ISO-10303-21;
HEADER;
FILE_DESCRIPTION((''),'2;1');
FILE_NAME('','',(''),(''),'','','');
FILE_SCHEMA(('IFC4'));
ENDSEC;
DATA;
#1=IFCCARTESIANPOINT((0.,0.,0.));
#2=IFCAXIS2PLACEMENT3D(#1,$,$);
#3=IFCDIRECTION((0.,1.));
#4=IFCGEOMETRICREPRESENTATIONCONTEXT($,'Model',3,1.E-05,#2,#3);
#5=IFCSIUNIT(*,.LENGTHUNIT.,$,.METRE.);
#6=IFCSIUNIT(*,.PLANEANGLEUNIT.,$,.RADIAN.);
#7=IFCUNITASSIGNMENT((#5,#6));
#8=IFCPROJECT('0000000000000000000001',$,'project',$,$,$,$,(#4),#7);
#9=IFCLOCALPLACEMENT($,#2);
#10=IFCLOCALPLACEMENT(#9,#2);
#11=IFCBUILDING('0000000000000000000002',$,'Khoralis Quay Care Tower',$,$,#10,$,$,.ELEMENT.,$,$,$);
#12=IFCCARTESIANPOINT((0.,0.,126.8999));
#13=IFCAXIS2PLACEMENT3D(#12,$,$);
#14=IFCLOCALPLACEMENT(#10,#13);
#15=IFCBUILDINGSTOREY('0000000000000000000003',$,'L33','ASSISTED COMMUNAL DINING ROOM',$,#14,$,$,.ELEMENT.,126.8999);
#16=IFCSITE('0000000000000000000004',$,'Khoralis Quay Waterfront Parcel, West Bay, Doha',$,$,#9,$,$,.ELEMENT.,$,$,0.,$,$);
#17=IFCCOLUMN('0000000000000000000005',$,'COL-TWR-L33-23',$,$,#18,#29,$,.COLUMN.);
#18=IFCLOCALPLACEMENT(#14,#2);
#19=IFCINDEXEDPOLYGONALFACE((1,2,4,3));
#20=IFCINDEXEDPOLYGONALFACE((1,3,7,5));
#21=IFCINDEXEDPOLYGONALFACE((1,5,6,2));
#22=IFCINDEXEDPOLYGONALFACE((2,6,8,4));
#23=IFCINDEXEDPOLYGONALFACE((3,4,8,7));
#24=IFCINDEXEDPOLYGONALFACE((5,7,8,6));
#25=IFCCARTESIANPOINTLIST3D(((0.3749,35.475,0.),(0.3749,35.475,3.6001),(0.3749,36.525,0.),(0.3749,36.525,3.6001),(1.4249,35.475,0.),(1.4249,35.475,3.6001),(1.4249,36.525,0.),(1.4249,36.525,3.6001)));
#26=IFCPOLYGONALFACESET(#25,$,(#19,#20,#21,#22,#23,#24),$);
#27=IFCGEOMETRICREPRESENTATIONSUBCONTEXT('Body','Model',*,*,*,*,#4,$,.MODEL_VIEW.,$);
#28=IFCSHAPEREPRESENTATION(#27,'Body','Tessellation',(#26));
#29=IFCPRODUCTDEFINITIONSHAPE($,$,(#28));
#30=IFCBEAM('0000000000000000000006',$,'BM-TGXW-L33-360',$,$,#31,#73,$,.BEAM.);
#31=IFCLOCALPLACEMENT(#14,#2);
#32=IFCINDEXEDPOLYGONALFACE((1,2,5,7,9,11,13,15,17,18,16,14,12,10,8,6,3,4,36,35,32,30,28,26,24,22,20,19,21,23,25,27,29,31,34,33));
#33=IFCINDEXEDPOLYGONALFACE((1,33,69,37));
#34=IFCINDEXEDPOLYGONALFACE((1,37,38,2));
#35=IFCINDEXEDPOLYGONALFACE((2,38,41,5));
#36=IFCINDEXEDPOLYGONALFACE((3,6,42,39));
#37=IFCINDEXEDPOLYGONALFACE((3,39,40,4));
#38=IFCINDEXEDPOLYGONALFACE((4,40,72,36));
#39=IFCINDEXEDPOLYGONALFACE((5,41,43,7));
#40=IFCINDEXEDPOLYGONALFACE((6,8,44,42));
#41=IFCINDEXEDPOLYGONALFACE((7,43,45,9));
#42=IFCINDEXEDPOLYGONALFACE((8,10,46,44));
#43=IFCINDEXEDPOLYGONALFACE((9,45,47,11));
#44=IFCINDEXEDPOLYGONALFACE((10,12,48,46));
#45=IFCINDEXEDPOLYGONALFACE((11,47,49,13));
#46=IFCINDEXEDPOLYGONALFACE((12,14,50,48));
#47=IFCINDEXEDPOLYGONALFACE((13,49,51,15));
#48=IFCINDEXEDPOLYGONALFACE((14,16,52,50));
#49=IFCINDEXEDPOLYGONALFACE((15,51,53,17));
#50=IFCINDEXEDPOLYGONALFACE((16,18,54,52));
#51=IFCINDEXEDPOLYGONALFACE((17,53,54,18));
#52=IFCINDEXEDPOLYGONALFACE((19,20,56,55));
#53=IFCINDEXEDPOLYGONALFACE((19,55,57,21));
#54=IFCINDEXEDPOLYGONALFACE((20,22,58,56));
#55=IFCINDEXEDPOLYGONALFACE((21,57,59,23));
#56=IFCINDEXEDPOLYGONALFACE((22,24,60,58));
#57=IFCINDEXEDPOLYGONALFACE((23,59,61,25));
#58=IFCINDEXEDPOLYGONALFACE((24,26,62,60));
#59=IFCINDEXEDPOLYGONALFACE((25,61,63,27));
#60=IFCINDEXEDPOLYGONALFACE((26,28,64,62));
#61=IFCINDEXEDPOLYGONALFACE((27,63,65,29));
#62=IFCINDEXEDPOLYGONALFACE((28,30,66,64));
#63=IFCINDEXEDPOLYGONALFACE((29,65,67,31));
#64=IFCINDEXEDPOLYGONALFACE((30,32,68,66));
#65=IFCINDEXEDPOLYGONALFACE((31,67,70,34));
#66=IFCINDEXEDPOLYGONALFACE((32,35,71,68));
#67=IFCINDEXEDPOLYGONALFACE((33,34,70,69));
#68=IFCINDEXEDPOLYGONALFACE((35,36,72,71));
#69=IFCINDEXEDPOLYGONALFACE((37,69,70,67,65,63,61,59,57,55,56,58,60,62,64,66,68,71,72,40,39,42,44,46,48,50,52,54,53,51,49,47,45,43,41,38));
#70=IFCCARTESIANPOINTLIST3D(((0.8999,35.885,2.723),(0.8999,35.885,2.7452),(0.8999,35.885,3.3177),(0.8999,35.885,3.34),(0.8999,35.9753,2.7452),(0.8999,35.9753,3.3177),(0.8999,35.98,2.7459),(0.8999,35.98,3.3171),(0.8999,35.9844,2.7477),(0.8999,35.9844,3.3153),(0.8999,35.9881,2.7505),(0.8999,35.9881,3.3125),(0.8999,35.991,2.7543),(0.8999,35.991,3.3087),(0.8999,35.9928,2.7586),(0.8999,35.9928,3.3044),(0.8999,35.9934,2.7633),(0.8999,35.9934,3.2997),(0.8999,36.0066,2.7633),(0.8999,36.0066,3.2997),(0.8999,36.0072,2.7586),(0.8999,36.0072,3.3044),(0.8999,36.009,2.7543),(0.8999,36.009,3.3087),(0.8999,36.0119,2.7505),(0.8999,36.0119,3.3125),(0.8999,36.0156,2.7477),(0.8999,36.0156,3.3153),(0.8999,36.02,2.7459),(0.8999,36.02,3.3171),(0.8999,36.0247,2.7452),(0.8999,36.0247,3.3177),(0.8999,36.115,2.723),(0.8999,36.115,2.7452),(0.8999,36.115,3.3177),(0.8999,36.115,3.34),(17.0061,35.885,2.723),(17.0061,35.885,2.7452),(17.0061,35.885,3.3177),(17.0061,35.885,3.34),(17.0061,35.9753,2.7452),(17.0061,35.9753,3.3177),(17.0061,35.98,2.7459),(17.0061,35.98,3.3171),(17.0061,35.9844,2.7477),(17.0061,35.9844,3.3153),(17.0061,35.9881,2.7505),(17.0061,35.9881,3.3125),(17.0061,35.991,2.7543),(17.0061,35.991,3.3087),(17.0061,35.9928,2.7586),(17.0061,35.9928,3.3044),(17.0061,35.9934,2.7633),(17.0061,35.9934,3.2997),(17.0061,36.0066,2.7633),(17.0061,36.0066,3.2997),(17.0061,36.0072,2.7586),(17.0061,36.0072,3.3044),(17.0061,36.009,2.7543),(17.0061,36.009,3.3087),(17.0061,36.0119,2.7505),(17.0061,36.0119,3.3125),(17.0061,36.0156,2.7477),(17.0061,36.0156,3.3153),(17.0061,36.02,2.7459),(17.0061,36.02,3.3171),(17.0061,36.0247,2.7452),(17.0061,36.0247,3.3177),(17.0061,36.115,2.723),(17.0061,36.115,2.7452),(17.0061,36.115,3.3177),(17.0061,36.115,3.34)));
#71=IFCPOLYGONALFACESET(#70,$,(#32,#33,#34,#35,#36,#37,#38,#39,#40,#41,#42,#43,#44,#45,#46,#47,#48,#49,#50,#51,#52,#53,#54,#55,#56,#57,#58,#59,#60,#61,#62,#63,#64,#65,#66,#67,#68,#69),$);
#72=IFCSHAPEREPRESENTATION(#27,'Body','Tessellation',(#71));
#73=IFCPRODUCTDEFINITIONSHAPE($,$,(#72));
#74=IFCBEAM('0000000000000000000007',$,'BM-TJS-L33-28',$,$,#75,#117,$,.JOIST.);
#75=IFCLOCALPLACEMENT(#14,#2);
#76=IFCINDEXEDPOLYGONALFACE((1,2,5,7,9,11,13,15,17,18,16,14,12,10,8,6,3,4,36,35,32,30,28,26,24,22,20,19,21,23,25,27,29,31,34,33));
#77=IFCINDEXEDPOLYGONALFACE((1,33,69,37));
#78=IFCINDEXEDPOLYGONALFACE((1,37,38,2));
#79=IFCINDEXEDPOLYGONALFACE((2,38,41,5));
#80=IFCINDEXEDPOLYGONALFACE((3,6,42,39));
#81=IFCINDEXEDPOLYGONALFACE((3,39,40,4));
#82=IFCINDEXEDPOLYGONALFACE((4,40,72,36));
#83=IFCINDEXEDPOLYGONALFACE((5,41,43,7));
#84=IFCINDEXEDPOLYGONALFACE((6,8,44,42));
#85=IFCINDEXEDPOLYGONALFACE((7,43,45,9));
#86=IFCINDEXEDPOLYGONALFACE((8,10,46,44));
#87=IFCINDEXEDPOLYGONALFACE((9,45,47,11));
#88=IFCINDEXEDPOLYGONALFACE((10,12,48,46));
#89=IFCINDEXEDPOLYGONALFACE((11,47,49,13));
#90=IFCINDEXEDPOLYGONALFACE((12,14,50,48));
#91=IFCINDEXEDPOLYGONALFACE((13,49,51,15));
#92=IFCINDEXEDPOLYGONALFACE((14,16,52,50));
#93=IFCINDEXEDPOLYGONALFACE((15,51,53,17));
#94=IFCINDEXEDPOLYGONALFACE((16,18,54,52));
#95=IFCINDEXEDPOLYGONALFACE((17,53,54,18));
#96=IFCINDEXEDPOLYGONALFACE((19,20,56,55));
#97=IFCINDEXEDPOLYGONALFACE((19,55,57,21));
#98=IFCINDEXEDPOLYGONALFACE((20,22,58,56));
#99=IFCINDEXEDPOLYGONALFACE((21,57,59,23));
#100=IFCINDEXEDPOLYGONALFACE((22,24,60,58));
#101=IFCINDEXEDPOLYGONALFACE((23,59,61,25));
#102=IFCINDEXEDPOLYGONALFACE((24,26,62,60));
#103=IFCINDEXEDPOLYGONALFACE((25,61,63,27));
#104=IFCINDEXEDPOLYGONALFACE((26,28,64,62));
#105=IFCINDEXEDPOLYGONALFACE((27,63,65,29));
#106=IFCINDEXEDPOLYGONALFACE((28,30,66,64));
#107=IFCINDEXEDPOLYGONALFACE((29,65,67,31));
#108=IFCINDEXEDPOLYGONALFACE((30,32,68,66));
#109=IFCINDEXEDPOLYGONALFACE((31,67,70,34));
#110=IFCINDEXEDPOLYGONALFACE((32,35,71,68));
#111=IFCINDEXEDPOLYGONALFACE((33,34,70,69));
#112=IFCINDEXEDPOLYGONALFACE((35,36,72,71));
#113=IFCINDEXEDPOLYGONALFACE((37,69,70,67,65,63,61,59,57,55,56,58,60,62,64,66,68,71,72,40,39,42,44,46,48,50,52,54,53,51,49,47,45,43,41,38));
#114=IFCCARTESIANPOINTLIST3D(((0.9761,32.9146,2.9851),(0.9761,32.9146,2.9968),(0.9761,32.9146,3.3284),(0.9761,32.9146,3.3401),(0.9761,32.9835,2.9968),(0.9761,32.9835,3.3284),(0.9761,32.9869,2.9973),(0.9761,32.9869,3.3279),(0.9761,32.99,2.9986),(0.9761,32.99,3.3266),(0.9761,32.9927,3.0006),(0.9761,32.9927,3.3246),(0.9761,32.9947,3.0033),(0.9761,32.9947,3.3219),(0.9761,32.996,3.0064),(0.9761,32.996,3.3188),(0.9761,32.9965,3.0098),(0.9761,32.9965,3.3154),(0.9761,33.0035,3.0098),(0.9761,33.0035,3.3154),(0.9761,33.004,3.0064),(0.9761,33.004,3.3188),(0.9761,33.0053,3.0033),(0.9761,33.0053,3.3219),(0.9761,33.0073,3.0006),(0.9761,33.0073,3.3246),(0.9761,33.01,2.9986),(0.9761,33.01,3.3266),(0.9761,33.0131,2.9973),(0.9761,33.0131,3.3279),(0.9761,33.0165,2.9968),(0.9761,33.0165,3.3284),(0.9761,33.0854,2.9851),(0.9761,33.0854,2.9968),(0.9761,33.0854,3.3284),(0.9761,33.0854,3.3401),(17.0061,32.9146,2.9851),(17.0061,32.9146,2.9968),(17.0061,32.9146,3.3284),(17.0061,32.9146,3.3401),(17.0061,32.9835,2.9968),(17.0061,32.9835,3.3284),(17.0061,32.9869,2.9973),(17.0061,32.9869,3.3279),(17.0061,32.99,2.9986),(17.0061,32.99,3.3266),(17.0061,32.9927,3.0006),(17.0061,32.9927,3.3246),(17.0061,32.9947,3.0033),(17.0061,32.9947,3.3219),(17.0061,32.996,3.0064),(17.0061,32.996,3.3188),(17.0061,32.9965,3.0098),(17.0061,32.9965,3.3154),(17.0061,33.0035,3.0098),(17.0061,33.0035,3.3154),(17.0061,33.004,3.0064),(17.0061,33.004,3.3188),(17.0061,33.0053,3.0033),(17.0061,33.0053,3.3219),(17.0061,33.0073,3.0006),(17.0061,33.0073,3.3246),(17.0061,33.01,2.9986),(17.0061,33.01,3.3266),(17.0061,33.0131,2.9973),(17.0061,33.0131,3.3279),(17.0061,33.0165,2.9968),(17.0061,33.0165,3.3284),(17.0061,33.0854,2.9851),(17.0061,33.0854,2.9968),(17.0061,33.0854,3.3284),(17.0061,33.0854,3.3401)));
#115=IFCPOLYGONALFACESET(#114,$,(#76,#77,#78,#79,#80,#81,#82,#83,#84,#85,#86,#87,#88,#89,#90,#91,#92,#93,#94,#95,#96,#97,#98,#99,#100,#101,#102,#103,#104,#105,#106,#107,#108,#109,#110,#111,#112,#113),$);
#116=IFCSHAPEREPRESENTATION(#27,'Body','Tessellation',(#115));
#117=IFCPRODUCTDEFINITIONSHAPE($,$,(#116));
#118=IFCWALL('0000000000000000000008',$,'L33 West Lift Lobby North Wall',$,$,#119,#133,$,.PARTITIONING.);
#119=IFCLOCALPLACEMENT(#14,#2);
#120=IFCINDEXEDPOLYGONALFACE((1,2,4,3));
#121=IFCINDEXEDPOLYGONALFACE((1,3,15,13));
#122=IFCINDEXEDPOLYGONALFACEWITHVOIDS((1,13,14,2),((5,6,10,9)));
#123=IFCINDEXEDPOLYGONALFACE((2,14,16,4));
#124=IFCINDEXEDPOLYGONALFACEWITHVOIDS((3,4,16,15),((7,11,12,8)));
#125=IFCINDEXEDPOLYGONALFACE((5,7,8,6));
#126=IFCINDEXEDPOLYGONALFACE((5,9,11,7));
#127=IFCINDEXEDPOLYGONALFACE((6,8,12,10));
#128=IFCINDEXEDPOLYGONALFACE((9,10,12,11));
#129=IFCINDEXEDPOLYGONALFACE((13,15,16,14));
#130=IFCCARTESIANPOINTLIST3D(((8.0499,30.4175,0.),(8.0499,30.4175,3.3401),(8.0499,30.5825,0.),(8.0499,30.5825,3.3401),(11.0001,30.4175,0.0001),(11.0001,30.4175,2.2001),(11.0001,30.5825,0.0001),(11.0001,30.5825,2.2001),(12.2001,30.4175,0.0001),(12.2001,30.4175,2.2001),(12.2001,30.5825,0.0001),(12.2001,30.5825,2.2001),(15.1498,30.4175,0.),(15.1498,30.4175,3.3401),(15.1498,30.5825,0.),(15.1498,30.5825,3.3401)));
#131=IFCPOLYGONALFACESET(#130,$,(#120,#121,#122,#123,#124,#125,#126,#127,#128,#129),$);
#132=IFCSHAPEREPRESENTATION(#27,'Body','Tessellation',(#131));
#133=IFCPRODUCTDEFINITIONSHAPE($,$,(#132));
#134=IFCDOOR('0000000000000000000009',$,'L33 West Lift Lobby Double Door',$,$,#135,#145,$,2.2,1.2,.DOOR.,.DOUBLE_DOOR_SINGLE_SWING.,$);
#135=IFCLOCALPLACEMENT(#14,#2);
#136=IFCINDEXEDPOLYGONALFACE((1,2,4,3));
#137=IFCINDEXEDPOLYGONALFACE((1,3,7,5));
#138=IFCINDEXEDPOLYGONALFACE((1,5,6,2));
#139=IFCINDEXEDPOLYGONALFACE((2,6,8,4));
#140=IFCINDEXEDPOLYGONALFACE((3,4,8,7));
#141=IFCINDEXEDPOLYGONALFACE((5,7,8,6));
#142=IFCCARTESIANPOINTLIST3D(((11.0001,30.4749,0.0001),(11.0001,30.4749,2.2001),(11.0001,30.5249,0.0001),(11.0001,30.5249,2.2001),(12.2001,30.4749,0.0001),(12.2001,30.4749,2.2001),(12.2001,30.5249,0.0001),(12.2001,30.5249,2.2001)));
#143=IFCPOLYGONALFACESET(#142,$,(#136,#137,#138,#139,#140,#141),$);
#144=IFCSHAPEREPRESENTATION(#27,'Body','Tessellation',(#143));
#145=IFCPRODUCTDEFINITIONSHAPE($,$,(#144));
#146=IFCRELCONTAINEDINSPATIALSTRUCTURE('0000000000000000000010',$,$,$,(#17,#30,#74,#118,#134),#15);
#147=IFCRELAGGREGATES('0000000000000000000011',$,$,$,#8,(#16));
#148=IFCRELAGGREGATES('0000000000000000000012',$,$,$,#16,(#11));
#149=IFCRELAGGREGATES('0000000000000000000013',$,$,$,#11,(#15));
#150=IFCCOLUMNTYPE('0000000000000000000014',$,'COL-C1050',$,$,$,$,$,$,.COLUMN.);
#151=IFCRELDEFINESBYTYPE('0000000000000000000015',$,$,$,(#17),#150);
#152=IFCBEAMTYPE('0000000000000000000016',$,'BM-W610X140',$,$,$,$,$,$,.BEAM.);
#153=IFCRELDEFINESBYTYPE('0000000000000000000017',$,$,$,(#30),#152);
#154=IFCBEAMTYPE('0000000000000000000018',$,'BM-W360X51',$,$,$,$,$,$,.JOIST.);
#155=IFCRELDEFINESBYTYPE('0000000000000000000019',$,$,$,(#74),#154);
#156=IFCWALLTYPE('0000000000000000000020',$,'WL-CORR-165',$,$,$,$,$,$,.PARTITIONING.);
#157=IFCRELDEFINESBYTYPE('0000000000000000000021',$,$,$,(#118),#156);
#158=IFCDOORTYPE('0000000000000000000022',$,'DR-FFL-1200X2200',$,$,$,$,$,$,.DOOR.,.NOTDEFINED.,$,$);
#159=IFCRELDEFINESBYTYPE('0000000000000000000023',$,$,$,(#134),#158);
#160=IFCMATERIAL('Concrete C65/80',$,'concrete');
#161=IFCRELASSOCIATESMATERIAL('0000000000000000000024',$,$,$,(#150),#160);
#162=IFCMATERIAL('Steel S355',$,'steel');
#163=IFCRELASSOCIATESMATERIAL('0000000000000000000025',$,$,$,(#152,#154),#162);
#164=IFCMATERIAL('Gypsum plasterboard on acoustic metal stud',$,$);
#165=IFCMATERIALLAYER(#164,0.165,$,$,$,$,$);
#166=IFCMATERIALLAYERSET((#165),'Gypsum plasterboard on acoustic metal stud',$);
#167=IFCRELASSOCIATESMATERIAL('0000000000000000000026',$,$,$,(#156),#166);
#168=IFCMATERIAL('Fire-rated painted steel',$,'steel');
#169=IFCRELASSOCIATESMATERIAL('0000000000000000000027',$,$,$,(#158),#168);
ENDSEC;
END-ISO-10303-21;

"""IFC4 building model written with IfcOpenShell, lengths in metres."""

from ifc_helpers import new_model, si_unit, direction, frame, frame_2d, origin, origin_2d, place, context, subcontext, project, spatial, rectangle, i_section, extrude, source, transform, mapped, material, layer, layer_set, material_profile, profile_set, type_object, element, fill, save


model = new_model("IFC4")

# Units and contexts
model_context = context("Model", 3, precision=1e-05, world=origin(), true_north=direction((0.0, 1.0)))
body_context = subcontext(model_context, "Body", "Model", "MODEL_VIEW")
ifc_project = project(units=[si_unit("LENGTHUNIT", "METRE"), si_unit("PLANEANGLEUNIT", "RADIAN")], contexts=[model_context])

# Site, building, storey
site_placement = place(None, origin())
site = spatial("IfcSite", under=ifc_project, at=site_placement, Name="Khoralis Quay Waterfront Parcel, West Bay, Doha", CompositionType="ELEMENT", RefElevation=0.0)
building_placement = place(site_placement, origin())
building = spatial("IfcBuilding", under=site, at=building_placement, Name="Khoralis Quay Care Tower", CompositionType="ELEMENT")
storey_placement = place(building_placement, frame((0.0, 0.0, 126.8999)))
storey = spatial("IfcBuildingStorey", under=building, at=storey_placement, Name="L33", Description="ASSISTED COMMUNAL DINING ROOM", CompositionType="ELEMENT", Elevation=126.8999)

# Column
ifc_material_1 = material(Name="Concrete C65/80", Category="concrete")
ifc_material_profile_1 = material_profile(ifc_material_1, rectangle(XDim=1.05, YDim=1.05, at=origin_2d()), Name="Concrete C65/80")
ifc_profile_set_1 = profile_set([ifc_material_profile_1], Name="Concrete C65/80")
column_type = type_object("IfcColumnType", Name="COL-C1050", PredefinedType="COLUMN", material=ifc_profile_set_1)
shared_shape_1 = source(origin(), body_context, "Body", "SweptSolid", [
    extrude(rectangle(XDim=1.05, YDim=1.05, at=origin_2d()), origin(), (0.0, 0.0, 1.0), 3.6001),
])
column_placement = place(storey_placement, frame((0.8999, 36.0, 0.0), z_axis=(0.0, 0.0, 1.0), x_axis=(1.0, 0.0, 0.0)))
element("IfcColumn", 1, at=column_placement, inside=storey, type_object=column_type, Name="COL-TWR-L33-23", PredefinedType="COLUMN", context=body_context, shape_type="MappedRepresentation", body=[
    mapped(shared_shape_1, transform((0.0, 0.0, 0.0), scale=1.0)),
])

# Beams
ifc_material_2 = material(Name="Steel S355", Category="steel")
ifc_material_profile_2 = material_profile(ifc_material_2, i_section(OverallWidth=0.23, OverallDepth=0.6169, WebThickness=0.0132, FlangeThickness=0.0222, FilletRadius=0.0181, at=origin_2d()), Name="Steel S355")
ifc_profile_set_2 = profile_set([ifc_material_profile_2], Name="Steel S355")
beam_type_1 = type_object("IfcBeamType", Name="BM-W610X140", PredefinedType="BEAM", material=ifc_profile_set_2)
shared_shape_2 = source(origin(), body_context, "Body", "SweptSolid", [
    extrude(i_section(OverallWidth=0.23, OverallDepth=0.6169, WebThickness=0.0132, FlangeThickness=0.0222, FilletRadius=0.0181, at=origin_2d()), origin(), (0.0, 0.0, 1.0), 16.1062),
])
beam_1_placement = place(storey_placement, frame((0.8999, 36.0, 3.0315), z_axis=(1.0, 0.0, 0.0), x_axis=(0.0, 1.0, 0.0)))
element("IfcBeam", 2, at=beam_1_placement, inside=storey, type_object=beam_type_1, Name="BM-TGXW-L33-360", PredefinedType="BEAM", context=body_context, shape_type="MappedRepresentation", body=[
    mapped(shared_shape_2, transform((0.0, 0.0, 0.0), scale=1.0)),
])
ifc_material_profile_3 = material_profile(ifc_material_2, i_section(OverallWidth=0.1709, OverallDepth=0.355, WebThickness=0.0071, FlangeThickness=0.0117, FilletRadius=0.0129, at=origin_2d()), Name="Steel S355")
ifc_profile_set_3 = profile_set([ifc_material_profile_3], Name="Steel S355")
beam_type_2 = type_object("IfcBeamType", Name="BM-W360X51", PredefinedType="JOIST", material=ifc_profile_set_3)
shared_shape_3 = source(origin(), body_context, "Body", "SweptSolid", [
    extrude(i_section(OverallWidth=0.1709, OverallDepth=0.355, WebThickness=0.0071, FlangeThickness=0.0117, FilletRadius=0.0129, at=origin_2d()), origin(), (0.0, 0.0, 1.0), 16.03),
])
beam_2_placement = place(storey_placement, frame((0.9761, 33.0, 3.1626), z_axis=(1.0, 0.0, 0.0), x_axis=(0.0, 1.0, 0.0)))
element("IfcBeam", 3, at=beam_2_placement, inside=storey, type_object=beam_type_2, Name="BM-TJS-L33-28", PredefinedType="JOIST", context=body_context, shape_type="MappedRepresentation", body=[
    mapped(shared_shape_3, transform((0.0, 0.0, 0.0), scale=1.0)),
])

# Wall, opening, door
ifc_material_3 = material(Name="Gypsum plasterboard on acoustic metal stud")
ifc_layer_1 = layer(ifc_material_3, 0.165)
ifc_layer_set_1 = layer_set([ifc_layer_1], Name="Gypsum plasterboard on acoustic metal stud")
wall_type_1 = type_object("IfcWallType", Name="WL-CORR-165", PredefinedType="PARTITIONING", material=ifc_layer_set_1)
wall_1_placement = place(storey_placement, frame((8.05, 30.5, 0.0), z_axis=(0.0, 0.0, 1.0), x_axis=(1.0, 0.0, 0.0)))
wall_1 = element("IfcWall", 4, at=wall_1_placement, inside=storey, type_object=wall_type_1, Name="L33 West Lift Lobby North Wall", PredefinedType="PARTITIONING", context=body_context, shape_type="SweptSolid", body=[
    extrude(rectangle(XDim=7.0999, YDim=0.165, at=frame_2d((3.5498, 0.0))), origin(), (0.0, 0.0, 1.0), 3.3401),
])
opening_1_placement = place(wall_1_placement, frame((2.95, 0.0, 0.0)))
opening_1 = element("IfcOpeningElement", 5, at=opening_1_placement, cuts=wall_1, PredefinedType="OPENING", context=body_context, shape_type="SweptSolid", body=[
    extrude(rectangle(XDim=1.2, YDim=2.2, at=frame_2d((0.6001, 1.1001))), frame((0.0, 0.0925, 0.0), z_axis=(0.0, -1.0, 0.0), x_axis=(1.0, 0.0, 0.0)), (0.0, 0.0, 1.0), 0.1851),
])
ifc_material_4 = material(Name="Fire-rated painted steel", Category="steel")
door_type_1 = type_object("IfcDoorType", Name="DR-FFL-1200X2200", OperationType="NOTDEFINED", PredefinedType="DOOR", material=ifc_material_4)
shared_shape_4 = source(origin(), body_context, "Body", "SweptSolid", [
    extrude(rectangle(XDim=1.2, YDim=2.2, at=frame_2d((0.6001, 1.1001))), frame((0.0, 0.0249, 0.0), z_axis=(0.0, -1.0, 0.0), x_axis=(1.0, 0.0, 0.0)), (0.0, 0.0, 1.0), 0.05),
])
door_1_placement = place(opening_1_placement, origin())
door_1 = element("IfcDoor", 6, at=door_1_placement, inside=storey, type_object=door_type_1, Name="L33 West Lift Lobby Double Door", OperationType="DOUBLE_DOOR_SINGLE_SWING", OverallHeight=2.2, OverallWidth=1.2, PredefinedType="DOOR", context=body_context, shape_type="MappedRepresentation", body=[
    mapped(shared_shape_4, transform((0.0, 0.0, 0.0), scale=1.0)),
])
fill(opening_1, door_1)

save(model, "model.ifc")
